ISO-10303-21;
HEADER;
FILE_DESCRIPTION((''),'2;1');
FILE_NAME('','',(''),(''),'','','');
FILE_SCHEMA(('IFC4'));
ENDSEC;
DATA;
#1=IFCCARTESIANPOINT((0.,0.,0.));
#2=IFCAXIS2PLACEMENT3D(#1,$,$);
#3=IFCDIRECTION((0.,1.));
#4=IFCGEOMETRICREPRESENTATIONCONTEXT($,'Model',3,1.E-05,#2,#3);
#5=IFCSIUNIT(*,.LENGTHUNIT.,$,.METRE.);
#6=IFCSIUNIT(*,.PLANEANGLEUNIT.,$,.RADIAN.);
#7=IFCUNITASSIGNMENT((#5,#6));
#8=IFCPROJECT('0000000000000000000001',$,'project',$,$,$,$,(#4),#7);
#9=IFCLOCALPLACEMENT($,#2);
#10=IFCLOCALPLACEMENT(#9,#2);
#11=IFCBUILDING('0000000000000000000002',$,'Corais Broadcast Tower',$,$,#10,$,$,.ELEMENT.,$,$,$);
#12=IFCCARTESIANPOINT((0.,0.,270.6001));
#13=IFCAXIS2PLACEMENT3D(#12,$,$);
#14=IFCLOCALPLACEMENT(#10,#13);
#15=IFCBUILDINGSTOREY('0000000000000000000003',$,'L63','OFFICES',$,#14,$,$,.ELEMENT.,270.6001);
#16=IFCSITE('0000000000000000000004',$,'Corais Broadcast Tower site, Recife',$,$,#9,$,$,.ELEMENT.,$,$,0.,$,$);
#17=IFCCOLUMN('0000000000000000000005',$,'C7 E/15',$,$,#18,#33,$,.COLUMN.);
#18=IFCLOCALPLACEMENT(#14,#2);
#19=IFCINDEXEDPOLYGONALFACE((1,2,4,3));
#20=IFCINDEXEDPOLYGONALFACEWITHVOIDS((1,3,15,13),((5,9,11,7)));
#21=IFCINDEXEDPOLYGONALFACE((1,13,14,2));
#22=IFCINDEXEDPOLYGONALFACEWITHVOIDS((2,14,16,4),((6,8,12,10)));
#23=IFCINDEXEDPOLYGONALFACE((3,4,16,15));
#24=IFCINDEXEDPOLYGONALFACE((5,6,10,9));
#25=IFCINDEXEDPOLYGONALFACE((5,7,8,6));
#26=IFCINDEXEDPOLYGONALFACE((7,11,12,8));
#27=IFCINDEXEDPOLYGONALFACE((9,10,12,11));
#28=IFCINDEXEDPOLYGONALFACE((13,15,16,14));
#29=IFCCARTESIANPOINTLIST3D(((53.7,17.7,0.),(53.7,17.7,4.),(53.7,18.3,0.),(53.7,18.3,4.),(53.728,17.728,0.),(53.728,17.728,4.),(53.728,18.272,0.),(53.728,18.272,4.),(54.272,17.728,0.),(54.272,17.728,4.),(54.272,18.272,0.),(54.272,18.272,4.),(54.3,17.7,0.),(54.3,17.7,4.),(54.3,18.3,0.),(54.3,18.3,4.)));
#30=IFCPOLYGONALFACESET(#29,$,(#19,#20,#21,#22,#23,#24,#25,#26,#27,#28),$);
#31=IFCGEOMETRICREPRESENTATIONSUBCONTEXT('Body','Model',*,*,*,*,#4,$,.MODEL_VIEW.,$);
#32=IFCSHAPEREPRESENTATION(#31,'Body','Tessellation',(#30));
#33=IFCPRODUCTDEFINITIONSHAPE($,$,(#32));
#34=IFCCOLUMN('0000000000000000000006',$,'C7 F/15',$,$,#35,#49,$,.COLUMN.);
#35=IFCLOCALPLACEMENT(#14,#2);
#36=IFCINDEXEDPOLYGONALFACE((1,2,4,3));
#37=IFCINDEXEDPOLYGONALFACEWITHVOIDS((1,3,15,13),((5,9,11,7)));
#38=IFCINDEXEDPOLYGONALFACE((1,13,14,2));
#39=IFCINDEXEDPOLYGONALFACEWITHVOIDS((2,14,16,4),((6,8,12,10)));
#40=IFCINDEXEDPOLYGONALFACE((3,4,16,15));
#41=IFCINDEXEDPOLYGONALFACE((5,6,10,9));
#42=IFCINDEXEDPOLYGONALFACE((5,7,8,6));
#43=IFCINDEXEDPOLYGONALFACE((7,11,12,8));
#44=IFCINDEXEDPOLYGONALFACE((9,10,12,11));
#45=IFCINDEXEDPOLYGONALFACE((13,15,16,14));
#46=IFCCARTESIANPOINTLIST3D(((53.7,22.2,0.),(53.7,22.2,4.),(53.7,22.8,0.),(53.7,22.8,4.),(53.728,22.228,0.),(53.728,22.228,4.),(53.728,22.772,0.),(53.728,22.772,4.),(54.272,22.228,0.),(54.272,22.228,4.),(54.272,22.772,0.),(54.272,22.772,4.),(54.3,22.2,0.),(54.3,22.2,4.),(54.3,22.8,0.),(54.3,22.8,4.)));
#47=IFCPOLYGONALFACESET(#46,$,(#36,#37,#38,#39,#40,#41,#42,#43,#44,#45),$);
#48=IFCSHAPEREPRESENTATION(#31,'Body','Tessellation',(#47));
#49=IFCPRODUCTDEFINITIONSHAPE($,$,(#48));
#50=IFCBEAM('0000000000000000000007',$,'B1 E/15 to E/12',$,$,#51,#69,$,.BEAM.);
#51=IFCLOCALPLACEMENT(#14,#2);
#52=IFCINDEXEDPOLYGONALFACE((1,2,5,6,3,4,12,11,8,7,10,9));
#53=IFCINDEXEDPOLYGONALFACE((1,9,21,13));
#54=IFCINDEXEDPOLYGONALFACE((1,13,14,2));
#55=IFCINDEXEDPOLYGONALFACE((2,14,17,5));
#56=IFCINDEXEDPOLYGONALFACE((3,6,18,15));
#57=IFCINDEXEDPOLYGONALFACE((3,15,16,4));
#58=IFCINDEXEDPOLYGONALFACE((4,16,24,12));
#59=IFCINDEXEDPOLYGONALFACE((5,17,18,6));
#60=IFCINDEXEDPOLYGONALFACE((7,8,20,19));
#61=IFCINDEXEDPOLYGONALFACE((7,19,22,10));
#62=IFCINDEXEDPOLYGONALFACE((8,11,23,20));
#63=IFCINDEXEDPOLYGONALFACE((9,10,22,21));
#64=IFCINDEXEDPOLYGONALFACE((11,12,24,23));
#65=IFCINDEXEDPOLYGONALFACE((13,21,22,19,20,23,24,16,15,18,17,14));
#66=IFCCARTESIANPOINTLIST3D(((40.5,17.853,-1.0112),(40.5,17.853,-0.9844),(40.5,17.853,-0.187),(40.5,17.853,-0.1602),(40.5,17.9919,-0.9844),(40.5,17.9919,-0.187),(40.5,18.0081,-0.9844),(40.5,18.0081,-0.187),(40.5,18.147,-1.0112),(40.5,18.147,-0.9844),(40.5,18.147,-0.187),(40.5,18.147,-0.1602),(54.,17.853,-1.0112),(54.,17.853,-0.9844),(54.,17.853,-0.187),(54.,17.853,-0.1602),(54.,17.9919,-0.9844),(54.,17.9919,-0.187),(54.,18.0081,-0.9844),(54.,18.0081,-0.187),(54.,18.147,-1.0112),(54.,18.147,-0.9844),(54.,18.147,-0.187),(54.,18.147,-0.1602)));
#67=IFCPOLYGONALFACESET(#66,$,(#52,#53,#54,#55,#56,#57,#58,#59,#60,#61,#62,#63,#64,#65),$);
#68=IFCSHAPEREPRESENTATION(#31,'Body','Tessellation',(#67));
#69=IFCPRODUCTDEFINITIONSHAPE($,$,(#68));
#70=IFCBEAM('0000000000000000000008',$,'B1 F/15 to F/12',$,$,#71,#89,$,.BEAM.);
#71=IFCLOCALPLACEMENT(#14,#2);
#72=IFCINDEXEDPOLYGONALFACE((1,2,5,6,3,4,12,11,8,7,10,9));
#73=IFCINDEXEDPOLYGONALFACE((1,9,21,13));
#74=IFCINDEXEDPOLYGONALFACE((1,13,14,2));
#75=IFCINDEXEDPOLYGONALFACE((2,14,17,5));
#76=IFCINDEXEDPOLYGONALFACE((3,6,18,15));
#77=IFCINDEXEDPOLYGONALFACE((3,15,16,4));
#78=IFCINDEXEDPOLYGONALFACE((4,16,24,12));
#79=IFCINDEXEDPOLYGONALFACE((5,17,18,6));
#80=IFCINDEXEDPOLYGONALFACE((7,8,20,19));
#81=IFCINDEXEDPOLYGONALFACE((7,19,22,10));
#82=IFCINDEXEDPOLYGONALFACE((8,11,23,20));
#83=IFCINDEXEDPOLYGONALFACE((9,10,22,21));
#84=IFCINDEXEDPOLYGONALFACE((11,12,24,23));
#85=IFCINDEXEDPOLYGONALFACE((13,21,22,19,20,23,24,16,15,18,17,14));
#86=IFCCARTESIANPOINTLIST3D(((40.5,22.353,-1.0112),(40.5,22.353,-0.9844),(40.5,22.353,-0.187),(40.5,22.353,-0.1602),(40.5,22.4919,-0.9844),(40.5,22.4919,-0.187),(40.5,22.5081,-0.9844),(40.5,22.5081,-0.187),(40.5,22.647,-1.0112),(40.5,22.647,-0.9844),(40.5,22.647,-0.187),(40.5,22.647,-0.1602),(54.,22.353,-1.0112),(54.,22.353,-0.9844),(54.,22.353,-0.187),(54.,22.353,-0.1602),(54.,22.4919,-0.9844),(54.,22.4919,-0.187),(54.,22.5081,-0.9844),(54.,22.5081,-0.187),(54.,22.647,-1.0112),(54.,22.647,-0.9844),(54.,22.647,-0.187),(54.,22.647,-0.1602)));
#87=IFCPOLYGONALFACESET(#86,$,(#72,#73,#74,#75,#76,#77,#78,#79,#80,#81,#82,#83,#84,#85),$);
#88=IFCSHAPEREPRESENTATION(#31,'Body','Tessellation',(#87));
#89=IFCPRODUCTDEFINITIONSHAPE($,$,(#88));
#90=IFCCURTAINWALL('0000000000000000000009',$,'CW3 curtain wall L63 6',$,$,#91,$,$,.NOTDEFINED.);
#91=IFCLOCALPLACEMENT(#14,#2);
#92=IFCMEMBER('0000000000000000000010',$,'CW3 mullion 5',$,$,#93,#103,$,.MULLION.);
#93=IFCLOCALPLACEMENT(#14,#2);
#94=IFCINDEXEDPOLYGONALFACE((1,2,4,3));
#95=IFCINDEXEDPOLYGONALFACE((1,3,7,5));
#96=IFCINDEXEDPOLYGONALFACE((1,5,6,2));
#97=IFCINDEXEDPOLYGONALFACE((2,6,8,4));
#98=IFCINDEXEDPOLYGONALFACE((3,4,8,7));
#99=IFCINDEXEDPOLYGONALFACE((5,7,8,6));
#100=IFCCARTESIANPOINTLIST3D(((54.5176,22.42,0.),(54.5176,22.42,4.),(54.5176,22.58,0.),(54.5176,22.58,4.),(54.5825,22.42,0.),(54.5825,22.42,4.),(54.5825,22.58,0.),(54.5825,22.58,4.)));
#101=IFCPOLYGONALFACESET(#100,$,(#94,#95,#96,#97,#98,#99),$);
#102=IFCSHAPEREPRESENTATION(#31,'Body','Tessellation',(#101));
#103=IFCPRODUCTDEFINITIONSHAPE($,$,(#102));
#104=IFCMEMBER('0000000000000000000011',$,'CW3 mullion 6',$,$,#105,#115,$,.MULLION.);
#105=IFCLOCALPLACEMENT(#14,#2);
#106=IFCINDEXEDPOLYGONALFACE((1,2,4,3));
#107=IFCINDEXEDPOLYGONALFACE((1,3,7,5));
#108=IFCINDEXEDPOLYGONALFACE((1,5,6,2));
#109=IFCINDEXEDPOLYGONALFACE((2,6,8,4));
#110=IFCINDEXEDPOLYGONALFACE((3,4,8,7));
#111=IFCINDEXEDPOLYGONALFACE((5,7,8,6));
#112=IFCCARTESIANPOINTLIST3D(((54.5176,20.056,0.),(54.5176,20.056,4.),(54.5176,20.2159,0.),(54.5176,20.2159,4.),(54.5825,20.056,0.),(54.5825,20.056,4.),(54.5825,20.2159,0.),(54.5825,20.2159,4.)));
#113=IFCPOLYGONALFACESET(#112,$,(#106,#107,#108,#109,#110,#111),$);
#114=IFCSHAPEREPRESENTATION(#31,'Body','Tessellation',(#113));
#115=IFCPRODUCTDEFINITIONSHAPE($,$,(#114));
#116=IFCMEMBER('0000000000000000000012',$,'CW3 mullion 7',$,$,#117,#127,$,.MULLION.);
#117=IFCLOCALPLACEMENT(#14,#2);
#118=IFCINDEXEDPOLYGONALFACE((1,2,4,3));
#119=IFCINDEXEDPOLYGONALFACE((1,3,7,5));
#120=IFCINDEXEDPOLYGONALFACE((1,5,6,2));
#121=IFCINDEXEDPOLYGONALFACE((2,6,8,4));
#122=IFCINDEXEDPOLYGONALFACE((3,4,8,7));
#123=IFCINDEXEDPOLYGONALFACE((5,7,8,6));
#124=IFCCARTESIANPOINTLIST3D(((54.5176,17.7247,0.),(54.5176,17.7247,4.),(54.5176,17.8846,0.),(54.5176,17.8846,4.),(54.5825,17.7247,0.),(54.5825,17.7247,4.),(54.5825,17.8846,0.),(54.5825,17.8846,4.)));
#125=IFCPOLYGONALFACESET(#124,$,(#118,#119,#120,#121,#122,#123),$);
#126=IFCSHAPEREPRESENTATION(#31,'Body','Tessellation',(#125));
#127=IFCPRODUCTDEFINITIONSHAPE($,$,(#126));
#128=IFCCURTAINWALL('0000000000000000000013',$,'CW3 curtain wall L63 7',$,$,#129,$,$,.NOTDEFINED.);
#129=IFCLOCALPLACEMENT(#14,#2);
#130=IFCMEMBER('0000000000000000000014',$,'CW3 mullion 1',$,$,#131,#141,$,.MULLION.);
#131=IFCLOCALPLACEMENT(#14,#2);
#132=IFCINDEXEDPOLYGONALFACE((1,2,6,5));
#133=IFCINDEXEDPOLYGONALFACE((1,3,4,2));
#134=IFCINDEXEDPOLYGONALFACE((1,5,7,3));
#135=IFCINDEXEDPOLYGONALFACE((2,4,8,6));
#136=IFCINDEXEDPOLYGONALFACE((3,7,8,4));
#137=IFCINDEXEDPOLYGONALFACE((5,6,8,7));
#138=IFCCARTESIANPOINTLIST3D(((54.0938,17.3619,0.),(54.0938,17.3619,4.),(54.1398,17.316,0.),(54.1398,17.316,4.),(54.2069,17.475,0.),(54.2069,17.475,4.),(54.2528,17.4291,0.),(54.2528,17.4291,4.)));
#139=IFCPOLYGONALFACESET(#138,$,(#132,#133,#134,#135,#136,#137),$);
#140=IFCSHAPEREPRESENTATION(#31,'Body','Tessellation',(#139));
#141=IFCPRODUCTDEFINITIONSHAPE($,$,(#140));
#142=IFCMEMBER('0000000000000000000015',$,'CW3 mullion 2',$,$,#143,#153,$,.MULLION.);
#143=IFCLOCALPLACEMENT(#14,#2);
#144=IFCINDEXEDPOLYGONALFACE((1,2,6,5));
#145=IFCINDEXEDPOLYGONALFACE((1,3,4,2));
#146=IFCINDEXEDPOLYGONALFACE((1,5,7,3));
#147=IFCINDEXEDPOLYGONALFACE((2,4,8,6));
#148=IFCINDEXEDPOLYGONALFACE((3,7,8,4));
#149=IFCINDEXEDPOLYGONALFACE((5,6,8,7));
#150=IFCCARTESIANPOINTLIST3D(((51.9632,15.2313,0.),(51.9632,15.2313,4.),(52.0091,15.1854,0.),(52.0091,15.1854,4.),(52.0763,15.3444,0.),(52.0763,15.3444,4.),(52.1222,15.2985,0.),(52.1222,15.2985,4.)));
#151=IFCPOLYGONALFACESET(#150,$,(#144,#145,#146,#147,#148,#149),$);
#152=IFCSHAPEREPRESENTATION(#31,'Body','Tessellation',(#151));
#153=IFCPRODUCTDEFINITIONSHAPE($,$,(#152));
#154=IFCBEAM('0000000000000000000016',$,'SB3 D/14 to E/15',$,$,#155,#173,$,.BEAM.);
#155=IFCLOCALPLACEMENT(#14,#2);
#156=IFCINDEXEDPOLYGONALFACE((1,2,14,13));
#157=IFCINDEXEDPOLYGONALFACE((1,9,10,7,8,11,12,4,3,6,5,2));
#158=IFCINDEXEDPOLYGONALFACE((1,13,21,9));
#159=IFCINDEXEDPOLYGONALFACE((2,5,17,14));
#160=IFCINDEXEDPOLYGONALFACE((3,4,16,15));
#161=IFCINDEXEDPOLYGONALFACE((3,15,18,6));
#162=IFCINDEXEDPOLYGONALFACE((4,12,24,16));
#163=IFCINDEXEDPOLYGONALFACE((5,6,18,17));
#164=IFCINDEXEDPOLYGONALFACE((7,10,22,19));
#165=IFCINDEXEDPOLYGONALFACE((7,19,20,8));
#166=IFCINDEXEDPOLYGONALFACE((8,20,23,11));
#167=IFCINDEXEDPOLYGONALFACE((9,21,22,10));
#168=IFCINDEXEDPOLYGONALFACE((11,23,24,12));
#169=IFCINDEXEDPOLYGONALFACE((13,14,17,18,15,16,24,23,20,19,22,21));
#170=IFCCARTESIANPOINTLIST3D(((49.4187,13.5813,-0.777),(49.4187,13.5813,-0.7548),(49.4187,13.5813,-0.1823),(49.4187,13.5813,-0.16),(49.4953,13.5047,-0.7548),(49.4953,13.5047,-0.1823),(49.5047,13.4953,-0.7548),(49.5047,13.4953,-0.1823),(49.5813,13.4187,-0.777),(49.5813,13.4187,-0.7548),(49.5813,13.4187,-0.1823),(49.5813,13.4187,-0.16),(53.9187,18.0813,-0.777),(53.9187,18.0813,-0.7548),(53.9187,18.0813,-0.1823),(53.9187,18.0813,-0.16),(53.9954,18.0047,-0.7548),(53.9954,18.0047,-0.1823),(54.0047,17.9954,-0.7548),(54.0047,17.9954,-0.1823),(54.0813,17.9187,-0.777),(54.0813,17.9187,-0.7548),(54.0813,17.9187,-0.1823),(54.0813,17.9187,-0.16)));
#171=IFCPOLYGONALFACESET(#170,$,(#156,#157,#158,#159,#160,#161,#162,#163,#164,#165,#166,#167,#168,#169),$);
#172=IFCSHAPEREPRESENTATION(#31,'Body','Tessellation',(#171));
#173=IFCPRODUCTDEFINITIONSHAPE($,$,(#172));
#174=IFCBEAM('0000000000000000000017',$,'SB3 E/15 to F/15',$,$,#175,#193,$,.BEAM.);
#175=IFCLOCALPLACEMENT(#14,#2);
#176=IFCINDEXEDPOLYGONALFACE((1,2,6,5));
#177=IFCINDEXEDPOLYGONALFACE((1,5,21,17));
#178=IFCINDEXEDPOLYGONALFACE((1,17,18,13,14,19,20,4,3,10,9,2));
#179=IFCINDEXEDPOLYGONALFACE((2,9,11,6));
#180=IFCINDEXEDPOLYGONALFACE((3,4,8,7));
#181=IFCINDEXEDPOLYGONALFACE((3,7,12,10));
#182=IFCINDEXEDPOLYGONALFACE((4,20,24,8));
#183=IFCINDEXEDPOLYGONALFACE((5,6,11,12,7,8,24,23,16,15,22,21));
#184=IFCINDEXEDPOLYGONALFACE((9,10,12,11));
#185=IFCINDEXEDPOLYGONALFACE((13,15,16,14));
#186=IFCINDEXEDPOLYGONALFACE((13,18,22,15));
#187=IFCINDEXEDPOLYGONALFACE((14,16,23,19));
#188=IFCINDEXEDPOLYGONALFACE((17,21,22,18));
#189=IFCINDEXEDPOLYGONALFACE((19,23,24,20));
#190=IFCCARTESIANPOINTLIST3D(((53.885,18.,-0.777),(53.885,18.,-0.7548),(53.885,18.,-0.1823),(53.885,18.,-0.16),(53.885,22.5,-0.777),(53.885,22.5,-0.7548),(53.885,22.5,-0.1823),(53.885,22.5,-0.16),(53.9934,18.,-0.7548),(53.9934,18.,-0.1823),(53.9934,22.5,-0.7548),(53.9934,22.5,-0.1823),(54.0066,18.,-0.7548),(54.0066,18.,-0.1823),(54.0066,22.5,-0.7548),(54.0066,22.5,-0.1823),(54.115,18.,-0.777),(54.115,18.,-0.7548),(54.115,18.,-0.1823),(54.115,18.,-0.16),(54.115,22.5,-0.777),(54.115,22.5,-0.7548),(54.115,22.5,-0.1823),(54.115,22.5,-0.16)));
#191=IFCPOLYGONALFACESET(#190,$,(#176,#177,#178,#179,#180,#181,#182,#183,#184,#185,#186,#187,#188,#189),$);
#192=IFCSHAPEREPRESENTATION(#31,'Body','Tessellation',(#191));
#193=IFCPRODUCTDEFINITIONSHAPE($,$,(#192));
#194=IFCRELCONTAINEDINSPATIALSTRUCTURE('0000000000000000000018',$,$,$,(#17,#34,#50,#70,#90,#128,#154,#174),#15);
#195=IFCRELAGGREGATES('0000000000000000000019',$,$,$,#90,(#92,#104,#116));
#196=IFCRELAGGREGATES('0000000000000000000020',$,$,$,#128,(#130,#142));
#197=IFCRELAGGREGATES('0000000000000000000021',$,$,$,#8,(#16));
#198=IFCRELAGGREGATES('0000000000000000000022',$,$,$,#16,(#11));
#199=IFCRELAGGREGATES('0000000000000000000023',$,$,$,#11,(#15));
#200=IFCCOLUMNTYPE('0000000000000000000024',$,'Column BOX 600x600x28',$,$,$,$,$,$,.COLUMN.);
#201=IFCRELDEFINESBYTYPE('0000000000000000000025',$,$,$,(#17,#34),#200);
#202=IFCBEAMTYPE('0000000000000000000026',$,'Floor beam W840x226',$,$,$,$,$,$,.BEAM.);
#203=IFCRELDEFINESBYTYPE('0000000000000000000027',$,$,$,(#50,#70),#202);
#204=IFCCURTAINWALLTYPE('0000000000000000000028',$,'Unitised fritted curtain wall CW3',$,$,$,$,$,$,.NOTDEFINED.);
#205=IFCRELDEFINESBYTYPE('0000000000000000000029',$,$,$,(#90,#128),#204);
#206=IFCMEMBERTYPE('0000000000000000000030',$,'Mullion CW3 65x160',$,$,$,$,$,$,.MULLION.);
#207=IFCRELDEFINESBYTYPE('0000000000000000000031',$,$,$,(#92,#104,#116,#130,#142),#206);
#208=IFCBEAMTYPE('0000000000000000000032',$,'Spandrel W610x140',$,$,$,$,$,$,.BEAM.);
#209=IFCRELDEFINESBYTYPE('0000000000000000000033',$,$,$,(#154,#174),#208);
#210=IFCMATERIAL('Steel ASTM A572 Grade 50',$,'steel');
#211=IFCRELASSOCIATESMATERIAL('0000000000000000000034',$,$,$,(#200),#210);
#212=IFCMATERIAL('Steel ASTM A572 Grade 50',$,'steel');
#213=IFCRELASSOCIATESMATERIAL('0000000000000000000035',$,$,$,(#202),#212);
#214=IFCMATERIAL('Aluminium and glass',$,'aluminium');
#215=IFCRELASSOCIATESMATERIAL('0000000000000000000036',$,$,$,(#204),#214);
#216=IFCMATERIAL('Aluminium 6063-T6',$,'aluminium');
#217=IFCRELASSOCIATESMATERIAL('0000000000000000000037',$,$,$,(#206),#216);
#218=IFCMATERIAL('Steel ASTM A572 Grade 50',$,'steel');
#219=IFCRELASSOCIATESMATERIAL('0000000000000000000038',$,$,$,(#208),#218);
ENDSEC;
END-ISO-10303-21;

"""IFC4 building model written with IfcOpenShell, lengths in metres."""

from ifc_helpers import new_model, si_unit, direction, frame, origin, origin_2d, place, context, subcontext, project, spatial, rectangle, hollow_rectangle, i_section, extrude, material, material_profile, profile_set, type_object, element, aggregate, save


model = new_model("IFC4")

# Units and contexts
model_context = context("Model", 3, precision=1e-05, world=origin(), true_north=direction((0.0, 1.0)))
body_context = subcontext(model_context, "Body", "Model", "MODEL_VIEW")
ifc_project = project(units=[si_unit("LENGTHUNIT", "METRE"), si_unit("PLANEANGLEUNIT", "RADIAN")], contexts=[model_context])

# Site, building, storey
site_placement = place(None, origin())
site = spatial("IfcSite", under=ifc_project, at=site_placement, Name="Corais Broadcast Tower site, Recife", CompositionType="ELEMENT", RefElevation=0.0)
building_placement = place(site_placement, origin())
building = spatial("IfcBuilding", under=site, at=building_placement, Name="Corais Broadcast Tower", CompositionType="ELEMENT")
storey_placement = place(building_placement, frame((0.0, 0.0, 270.6001)))
storey = spatial("IfcBuildingStorey", under=building, at=storey_placement, Name="L63", Description="OFFICES", CompositionType="ELEMENT", Elevation=270.6001)

# Columns
ifc_material_1 = material(Name="Steel ASTM A572 Grade 50", Category="steel")
ifc_material_profile_1 = material_profile(ifc_material_1, hollow_rectangle(XDim=0.6001, YDim=0.6001, WallThickness=0.0281, at=origin_2d()), Name="BOX 600x600x28")
ifc_profile_set_1 = profile_set([ifc_material_profile_1], Name="Steel ASTM A572 Grade 50")
column_type = type_object("IfcColumnType", Name="Column BOX 600x600x28", PredefinedType="COLUMN", material=ifc_profile_set_1)
for number, where, z_axis, x_axis, name in (
    (1, (54.0, 18.0, 0.0), (0.0, 0.0, 1.0), (1.0, 0.0, 0.0), "C7 E/15"),
    (2, (54.0, 22.5, 0.0), (0.0, 0.0, 1.0), (1.0, 0.0, 0.0), "C7 F/15"),
):
    element("IfcColumn", number, at=place(storey_placement, frame(where, z_axis=z_axis, x_axis=x_axis)), inside=storey, type_object=column_type, Name=name, PredefinedType="COLUMN", context=body_context, shape_type="SweptSolid", body=[
        extrude(hollow_rectangle(XDim=0.6001, YDim=0.6001, WallThickness=0.0281, at=origin_2d()), origin(), (0.0, 0.0, 1.0), 4.0),
    ])

# Beams
ifc_material_2 = material(Name="Steel ASTM A572 Grade 50", Category="steel")
ifc_material_profile_2 = material_profile(ifc_material_2, i_section(OverallWidth=0.2939, OverallDepth=0.8511, WebThickness=0.0161, FlangeThickness=0.0269, at=origin_2d()), Name="W840x226")
ifc_profile_set_2 = profile_set([ifc_material_profile_2], Name="Steel ASTM A572 Grade 50")
beam_type_1 = type_object("IfcBeamType", Name="Floor beam W840x226", PredefinedType="BEAM", material=ifc_profile_set_2)
for number, where, z_axis, x_axis, name in (
    (3, (54.0, 18.0, -0.5857), (-1.0, 0.0, 0.0), (0.0, -1.0, 0.0), "B1 E/15 to E/12"),
    (4, (54.0, 22.5, -0.5857), (-1.0, 0.0, 0.0), (0.0, -1.0, 0.0), "B1 F/15 to F/12"),
):
    element("IfcBeam", number, at=place(storey_placement, frame(where, z_axis=z_axis, x_axis=x_axis)), inside=storey, type_object=beam_type_1, Name=name, PredefinedType="BEAM", context=body_context, shape_type="SweptSolid", body=[
        extrude(i_section(OverallWidth=0.2939, OverallDepth=0.8511, WebThickness=0.0161, FlangeThickness=0.0269, at=origin_2d()), origin(), (0.0, 0.0, 1.0), 13.5),
    ])

# Curtain walls, members
ifc_material_3 = material(Name="Aluminium and glass", Category="aluminium")
curtain_wall_type = type_object("IfcCurtainWallType", Name="Unitised fritted curtain wall CW3", PredefinedType="NOTDEFINED", material=ifc_material_3)
curtain_wall_1_placement = place(storey_placement, origin())
curtain_wall_1 = element("IfcCurtainWall", 5, at=curtain_wall_1_placement, inside=storey, type_object=curtain_wall_type, Name="CW3 curtain wall L63 6", PredefinedType="NOTDEFINED")
ifc_material_4 = material(Name="Aluminium 6063-T6", Category="aluminium")
ifc_material_profile_3 = material_profile(ifc_material_4, rectangle(XDim=0.0649, YDim=0.1599, at=origin_2d()), Name="Mullion CW3 65x160")
ifc_profile_set_3 = profile_set([ifc_material_profile_3], Name="Aluminium 6063-T6")
member_type_1 = type_object("IfcMemberType", Name="Mullion CW3 65x160", PredefinedType="MULLION", material=ifc_profile_set_3)
member_1_placement = place(storey_placement, frame((54.55, 22.5, 0.0), z_axis=(0.0, 0.0, 1.0), x_axis=(1.0, 0.0, 0.0)))
member_1 = element("IfcMember", 6, at=member_1_placement, type_object=member_type_1, Name="CW3 mullion 5", PredefinedType="MULLION", context=body_context, shape_type="SweptSolid", body=[
    extrude(rectangle(XDim=0.0649, YDim=0.1599, at=origin_2d()), origin(), (0.0, 0.0, 1.0), 4.0),
])
member_2_placement = place(storey_placement, frame((54.55, 20.136, 0.0), z_axis=(0.0, 0.0, 1.0), x_axis=(1.0, 0.0, 0.0)))
member_2 = element("IfcMember", 7, at=member_2_placement, type_object=member_type_1, Name="CW3 mullion 6", PredefinedType="MULLION", context=body_context, shape_type="SweptSolid", body=[
    extrude(rectangle(XDim=0.0649, YDim=0.1599, at=origin_2d()), origin(), (0.0, 0.0, 1.0), 4.0),
])
member_3_placement = place(storey_placement, frame((54.55, 17.8047, 0.0), z_axis=(0.0, 0.0, 1.0), x_axis=(1.0, 0.0, 0.0)))
member_3 = element("IfcMember", 8, at=member_3_placement, type_object=member_type_1, Name="CW3 mullion 7", PredefinedType="MULLION", context=body_context, shape_type="SweptSolid", body=[
    extrude(rectangle(XDim=0.0649, YDim=0.1599, at=origin_2d()), origin(), (0.0, 0.0, 1.0), 4.0),
])
curtain_wall_2_placement = place(storey_placement, origin())
curtain_wall_2 = element("IfcCurtainWall", 9, at=curtain_wall_2_placement, inside=storey, type_object=curtain_wall_type, Name="CW3 curtain wall L63 7", PredefinedType="NOTDEFINED")
member_4_placement = place(storey_placement, frame((54.1733, 17.3955, 0.0), z_axis=(0.0, 0.0, 1.0), x_axis=(0.707107, -0.707107, 0.0)))
member_4 = element("IfcMember", 10, at=member_4_placement, type_object=member_type_1, Name="CW3 mullion 1", PredefinedType="MULLION", context=body_context, shape_type="SweptSolid", body=[
    extrude(rectangle(XDim=0.0649, YDim=0.1599, at=origin_2d()), origin(), (0.0, 0.0, 1.0), 4.0),
])
member_5_placement = place(storey_placement, frame((52.0427, 15.2649, 0.0), z_axis=(0.0, 0.0, 1.0), x_axis=(0.707107, -0.707107, 0.0)))
member_5 = element("IfcMember", 11, at=member_5_placement, type_object=member_type_1, Name="CW3 mullion 2", PredefinedType="MULLION", context=body_context, shape_type="SweptSolid", body=[
    extrude(rectangle(XDim=0.0649, YDim=0.1599, at=origin_2d()), origin(), (0.0, 0.0, 1.0), 4.0),
])

# Beams
ifc_material_5 = material(Name="Steel ASTM A572 Grade 50", Category="steel")
ifc_material_profile_4 = material_profile(ifc_material_5, i_section(OverallWidth=0.23, OverallDepth=0.6169, WebThickness=0.0132, FlangeThickness=0.0222, at=origin_2d()), Name="W610x140")
ifc_profile_set_4 = profile_set([ifc_material_profile_4], Name="Steel ASTM A572 Grade 50")
beam_type_2 = type_object("IfcBeamType", Name="Spandrel W610x140", PredefinedType="BEAM", material=ifc_profile_set_4)
beam_placement = place(storey_placement, frame((49.5, 13.5, -0.4685), z_axis=(0.707107, 0.707107, 0.0), x_axis=(-0.707107, 0.707107, 0.0)))
element("IfcBeam", 12, at=beam_placement, inside=storey, type_object=beam_type_2, Name="SB3 D/14 to E/15", PredefinedType="BEAM", context=body_context, shape_type="SweptSolid", body=[
    extrude(i_section(OverallWidth=0.23, OverallDepth=0.6169, WebThickness=0.0132, FlangeThickness=0.0222, at=origin_2d()), origin(), (0.0, 0.0, 1.0), 6.364),
])
for number, where, z_axis, x_axis, name in (
    (13, (54.0, 18.0, -0.4685), (0.0, 1.0, 0.0), (-1.0, 0.0, 0.0), "SB3 E/15 to F/15"),
):
    element("IfcBeam", number, at=place(storey_placement, frame(where, z_axis=z_axis, x_axis=x_axis)), inside=storey, type_object=beam_type_2, Name=name, PredefinedType="BEAM", context=body_context, shape_type="SweptSolid", body=[
        extrude(i_section(OverallWidth=0.23, OverallDepth=0.6169, WebThickness=0.0132, FlangeThickness=0.0222, at=origin_2d()), origin(), (0.0, 0.0, 1.0), 4.5),
    ])

aggregate(curtain_wall_1, [member_1, member_2, member_3])
aggregate(curtain_wall_2, [member_4, member_5])

save(model, "model.ifc")
